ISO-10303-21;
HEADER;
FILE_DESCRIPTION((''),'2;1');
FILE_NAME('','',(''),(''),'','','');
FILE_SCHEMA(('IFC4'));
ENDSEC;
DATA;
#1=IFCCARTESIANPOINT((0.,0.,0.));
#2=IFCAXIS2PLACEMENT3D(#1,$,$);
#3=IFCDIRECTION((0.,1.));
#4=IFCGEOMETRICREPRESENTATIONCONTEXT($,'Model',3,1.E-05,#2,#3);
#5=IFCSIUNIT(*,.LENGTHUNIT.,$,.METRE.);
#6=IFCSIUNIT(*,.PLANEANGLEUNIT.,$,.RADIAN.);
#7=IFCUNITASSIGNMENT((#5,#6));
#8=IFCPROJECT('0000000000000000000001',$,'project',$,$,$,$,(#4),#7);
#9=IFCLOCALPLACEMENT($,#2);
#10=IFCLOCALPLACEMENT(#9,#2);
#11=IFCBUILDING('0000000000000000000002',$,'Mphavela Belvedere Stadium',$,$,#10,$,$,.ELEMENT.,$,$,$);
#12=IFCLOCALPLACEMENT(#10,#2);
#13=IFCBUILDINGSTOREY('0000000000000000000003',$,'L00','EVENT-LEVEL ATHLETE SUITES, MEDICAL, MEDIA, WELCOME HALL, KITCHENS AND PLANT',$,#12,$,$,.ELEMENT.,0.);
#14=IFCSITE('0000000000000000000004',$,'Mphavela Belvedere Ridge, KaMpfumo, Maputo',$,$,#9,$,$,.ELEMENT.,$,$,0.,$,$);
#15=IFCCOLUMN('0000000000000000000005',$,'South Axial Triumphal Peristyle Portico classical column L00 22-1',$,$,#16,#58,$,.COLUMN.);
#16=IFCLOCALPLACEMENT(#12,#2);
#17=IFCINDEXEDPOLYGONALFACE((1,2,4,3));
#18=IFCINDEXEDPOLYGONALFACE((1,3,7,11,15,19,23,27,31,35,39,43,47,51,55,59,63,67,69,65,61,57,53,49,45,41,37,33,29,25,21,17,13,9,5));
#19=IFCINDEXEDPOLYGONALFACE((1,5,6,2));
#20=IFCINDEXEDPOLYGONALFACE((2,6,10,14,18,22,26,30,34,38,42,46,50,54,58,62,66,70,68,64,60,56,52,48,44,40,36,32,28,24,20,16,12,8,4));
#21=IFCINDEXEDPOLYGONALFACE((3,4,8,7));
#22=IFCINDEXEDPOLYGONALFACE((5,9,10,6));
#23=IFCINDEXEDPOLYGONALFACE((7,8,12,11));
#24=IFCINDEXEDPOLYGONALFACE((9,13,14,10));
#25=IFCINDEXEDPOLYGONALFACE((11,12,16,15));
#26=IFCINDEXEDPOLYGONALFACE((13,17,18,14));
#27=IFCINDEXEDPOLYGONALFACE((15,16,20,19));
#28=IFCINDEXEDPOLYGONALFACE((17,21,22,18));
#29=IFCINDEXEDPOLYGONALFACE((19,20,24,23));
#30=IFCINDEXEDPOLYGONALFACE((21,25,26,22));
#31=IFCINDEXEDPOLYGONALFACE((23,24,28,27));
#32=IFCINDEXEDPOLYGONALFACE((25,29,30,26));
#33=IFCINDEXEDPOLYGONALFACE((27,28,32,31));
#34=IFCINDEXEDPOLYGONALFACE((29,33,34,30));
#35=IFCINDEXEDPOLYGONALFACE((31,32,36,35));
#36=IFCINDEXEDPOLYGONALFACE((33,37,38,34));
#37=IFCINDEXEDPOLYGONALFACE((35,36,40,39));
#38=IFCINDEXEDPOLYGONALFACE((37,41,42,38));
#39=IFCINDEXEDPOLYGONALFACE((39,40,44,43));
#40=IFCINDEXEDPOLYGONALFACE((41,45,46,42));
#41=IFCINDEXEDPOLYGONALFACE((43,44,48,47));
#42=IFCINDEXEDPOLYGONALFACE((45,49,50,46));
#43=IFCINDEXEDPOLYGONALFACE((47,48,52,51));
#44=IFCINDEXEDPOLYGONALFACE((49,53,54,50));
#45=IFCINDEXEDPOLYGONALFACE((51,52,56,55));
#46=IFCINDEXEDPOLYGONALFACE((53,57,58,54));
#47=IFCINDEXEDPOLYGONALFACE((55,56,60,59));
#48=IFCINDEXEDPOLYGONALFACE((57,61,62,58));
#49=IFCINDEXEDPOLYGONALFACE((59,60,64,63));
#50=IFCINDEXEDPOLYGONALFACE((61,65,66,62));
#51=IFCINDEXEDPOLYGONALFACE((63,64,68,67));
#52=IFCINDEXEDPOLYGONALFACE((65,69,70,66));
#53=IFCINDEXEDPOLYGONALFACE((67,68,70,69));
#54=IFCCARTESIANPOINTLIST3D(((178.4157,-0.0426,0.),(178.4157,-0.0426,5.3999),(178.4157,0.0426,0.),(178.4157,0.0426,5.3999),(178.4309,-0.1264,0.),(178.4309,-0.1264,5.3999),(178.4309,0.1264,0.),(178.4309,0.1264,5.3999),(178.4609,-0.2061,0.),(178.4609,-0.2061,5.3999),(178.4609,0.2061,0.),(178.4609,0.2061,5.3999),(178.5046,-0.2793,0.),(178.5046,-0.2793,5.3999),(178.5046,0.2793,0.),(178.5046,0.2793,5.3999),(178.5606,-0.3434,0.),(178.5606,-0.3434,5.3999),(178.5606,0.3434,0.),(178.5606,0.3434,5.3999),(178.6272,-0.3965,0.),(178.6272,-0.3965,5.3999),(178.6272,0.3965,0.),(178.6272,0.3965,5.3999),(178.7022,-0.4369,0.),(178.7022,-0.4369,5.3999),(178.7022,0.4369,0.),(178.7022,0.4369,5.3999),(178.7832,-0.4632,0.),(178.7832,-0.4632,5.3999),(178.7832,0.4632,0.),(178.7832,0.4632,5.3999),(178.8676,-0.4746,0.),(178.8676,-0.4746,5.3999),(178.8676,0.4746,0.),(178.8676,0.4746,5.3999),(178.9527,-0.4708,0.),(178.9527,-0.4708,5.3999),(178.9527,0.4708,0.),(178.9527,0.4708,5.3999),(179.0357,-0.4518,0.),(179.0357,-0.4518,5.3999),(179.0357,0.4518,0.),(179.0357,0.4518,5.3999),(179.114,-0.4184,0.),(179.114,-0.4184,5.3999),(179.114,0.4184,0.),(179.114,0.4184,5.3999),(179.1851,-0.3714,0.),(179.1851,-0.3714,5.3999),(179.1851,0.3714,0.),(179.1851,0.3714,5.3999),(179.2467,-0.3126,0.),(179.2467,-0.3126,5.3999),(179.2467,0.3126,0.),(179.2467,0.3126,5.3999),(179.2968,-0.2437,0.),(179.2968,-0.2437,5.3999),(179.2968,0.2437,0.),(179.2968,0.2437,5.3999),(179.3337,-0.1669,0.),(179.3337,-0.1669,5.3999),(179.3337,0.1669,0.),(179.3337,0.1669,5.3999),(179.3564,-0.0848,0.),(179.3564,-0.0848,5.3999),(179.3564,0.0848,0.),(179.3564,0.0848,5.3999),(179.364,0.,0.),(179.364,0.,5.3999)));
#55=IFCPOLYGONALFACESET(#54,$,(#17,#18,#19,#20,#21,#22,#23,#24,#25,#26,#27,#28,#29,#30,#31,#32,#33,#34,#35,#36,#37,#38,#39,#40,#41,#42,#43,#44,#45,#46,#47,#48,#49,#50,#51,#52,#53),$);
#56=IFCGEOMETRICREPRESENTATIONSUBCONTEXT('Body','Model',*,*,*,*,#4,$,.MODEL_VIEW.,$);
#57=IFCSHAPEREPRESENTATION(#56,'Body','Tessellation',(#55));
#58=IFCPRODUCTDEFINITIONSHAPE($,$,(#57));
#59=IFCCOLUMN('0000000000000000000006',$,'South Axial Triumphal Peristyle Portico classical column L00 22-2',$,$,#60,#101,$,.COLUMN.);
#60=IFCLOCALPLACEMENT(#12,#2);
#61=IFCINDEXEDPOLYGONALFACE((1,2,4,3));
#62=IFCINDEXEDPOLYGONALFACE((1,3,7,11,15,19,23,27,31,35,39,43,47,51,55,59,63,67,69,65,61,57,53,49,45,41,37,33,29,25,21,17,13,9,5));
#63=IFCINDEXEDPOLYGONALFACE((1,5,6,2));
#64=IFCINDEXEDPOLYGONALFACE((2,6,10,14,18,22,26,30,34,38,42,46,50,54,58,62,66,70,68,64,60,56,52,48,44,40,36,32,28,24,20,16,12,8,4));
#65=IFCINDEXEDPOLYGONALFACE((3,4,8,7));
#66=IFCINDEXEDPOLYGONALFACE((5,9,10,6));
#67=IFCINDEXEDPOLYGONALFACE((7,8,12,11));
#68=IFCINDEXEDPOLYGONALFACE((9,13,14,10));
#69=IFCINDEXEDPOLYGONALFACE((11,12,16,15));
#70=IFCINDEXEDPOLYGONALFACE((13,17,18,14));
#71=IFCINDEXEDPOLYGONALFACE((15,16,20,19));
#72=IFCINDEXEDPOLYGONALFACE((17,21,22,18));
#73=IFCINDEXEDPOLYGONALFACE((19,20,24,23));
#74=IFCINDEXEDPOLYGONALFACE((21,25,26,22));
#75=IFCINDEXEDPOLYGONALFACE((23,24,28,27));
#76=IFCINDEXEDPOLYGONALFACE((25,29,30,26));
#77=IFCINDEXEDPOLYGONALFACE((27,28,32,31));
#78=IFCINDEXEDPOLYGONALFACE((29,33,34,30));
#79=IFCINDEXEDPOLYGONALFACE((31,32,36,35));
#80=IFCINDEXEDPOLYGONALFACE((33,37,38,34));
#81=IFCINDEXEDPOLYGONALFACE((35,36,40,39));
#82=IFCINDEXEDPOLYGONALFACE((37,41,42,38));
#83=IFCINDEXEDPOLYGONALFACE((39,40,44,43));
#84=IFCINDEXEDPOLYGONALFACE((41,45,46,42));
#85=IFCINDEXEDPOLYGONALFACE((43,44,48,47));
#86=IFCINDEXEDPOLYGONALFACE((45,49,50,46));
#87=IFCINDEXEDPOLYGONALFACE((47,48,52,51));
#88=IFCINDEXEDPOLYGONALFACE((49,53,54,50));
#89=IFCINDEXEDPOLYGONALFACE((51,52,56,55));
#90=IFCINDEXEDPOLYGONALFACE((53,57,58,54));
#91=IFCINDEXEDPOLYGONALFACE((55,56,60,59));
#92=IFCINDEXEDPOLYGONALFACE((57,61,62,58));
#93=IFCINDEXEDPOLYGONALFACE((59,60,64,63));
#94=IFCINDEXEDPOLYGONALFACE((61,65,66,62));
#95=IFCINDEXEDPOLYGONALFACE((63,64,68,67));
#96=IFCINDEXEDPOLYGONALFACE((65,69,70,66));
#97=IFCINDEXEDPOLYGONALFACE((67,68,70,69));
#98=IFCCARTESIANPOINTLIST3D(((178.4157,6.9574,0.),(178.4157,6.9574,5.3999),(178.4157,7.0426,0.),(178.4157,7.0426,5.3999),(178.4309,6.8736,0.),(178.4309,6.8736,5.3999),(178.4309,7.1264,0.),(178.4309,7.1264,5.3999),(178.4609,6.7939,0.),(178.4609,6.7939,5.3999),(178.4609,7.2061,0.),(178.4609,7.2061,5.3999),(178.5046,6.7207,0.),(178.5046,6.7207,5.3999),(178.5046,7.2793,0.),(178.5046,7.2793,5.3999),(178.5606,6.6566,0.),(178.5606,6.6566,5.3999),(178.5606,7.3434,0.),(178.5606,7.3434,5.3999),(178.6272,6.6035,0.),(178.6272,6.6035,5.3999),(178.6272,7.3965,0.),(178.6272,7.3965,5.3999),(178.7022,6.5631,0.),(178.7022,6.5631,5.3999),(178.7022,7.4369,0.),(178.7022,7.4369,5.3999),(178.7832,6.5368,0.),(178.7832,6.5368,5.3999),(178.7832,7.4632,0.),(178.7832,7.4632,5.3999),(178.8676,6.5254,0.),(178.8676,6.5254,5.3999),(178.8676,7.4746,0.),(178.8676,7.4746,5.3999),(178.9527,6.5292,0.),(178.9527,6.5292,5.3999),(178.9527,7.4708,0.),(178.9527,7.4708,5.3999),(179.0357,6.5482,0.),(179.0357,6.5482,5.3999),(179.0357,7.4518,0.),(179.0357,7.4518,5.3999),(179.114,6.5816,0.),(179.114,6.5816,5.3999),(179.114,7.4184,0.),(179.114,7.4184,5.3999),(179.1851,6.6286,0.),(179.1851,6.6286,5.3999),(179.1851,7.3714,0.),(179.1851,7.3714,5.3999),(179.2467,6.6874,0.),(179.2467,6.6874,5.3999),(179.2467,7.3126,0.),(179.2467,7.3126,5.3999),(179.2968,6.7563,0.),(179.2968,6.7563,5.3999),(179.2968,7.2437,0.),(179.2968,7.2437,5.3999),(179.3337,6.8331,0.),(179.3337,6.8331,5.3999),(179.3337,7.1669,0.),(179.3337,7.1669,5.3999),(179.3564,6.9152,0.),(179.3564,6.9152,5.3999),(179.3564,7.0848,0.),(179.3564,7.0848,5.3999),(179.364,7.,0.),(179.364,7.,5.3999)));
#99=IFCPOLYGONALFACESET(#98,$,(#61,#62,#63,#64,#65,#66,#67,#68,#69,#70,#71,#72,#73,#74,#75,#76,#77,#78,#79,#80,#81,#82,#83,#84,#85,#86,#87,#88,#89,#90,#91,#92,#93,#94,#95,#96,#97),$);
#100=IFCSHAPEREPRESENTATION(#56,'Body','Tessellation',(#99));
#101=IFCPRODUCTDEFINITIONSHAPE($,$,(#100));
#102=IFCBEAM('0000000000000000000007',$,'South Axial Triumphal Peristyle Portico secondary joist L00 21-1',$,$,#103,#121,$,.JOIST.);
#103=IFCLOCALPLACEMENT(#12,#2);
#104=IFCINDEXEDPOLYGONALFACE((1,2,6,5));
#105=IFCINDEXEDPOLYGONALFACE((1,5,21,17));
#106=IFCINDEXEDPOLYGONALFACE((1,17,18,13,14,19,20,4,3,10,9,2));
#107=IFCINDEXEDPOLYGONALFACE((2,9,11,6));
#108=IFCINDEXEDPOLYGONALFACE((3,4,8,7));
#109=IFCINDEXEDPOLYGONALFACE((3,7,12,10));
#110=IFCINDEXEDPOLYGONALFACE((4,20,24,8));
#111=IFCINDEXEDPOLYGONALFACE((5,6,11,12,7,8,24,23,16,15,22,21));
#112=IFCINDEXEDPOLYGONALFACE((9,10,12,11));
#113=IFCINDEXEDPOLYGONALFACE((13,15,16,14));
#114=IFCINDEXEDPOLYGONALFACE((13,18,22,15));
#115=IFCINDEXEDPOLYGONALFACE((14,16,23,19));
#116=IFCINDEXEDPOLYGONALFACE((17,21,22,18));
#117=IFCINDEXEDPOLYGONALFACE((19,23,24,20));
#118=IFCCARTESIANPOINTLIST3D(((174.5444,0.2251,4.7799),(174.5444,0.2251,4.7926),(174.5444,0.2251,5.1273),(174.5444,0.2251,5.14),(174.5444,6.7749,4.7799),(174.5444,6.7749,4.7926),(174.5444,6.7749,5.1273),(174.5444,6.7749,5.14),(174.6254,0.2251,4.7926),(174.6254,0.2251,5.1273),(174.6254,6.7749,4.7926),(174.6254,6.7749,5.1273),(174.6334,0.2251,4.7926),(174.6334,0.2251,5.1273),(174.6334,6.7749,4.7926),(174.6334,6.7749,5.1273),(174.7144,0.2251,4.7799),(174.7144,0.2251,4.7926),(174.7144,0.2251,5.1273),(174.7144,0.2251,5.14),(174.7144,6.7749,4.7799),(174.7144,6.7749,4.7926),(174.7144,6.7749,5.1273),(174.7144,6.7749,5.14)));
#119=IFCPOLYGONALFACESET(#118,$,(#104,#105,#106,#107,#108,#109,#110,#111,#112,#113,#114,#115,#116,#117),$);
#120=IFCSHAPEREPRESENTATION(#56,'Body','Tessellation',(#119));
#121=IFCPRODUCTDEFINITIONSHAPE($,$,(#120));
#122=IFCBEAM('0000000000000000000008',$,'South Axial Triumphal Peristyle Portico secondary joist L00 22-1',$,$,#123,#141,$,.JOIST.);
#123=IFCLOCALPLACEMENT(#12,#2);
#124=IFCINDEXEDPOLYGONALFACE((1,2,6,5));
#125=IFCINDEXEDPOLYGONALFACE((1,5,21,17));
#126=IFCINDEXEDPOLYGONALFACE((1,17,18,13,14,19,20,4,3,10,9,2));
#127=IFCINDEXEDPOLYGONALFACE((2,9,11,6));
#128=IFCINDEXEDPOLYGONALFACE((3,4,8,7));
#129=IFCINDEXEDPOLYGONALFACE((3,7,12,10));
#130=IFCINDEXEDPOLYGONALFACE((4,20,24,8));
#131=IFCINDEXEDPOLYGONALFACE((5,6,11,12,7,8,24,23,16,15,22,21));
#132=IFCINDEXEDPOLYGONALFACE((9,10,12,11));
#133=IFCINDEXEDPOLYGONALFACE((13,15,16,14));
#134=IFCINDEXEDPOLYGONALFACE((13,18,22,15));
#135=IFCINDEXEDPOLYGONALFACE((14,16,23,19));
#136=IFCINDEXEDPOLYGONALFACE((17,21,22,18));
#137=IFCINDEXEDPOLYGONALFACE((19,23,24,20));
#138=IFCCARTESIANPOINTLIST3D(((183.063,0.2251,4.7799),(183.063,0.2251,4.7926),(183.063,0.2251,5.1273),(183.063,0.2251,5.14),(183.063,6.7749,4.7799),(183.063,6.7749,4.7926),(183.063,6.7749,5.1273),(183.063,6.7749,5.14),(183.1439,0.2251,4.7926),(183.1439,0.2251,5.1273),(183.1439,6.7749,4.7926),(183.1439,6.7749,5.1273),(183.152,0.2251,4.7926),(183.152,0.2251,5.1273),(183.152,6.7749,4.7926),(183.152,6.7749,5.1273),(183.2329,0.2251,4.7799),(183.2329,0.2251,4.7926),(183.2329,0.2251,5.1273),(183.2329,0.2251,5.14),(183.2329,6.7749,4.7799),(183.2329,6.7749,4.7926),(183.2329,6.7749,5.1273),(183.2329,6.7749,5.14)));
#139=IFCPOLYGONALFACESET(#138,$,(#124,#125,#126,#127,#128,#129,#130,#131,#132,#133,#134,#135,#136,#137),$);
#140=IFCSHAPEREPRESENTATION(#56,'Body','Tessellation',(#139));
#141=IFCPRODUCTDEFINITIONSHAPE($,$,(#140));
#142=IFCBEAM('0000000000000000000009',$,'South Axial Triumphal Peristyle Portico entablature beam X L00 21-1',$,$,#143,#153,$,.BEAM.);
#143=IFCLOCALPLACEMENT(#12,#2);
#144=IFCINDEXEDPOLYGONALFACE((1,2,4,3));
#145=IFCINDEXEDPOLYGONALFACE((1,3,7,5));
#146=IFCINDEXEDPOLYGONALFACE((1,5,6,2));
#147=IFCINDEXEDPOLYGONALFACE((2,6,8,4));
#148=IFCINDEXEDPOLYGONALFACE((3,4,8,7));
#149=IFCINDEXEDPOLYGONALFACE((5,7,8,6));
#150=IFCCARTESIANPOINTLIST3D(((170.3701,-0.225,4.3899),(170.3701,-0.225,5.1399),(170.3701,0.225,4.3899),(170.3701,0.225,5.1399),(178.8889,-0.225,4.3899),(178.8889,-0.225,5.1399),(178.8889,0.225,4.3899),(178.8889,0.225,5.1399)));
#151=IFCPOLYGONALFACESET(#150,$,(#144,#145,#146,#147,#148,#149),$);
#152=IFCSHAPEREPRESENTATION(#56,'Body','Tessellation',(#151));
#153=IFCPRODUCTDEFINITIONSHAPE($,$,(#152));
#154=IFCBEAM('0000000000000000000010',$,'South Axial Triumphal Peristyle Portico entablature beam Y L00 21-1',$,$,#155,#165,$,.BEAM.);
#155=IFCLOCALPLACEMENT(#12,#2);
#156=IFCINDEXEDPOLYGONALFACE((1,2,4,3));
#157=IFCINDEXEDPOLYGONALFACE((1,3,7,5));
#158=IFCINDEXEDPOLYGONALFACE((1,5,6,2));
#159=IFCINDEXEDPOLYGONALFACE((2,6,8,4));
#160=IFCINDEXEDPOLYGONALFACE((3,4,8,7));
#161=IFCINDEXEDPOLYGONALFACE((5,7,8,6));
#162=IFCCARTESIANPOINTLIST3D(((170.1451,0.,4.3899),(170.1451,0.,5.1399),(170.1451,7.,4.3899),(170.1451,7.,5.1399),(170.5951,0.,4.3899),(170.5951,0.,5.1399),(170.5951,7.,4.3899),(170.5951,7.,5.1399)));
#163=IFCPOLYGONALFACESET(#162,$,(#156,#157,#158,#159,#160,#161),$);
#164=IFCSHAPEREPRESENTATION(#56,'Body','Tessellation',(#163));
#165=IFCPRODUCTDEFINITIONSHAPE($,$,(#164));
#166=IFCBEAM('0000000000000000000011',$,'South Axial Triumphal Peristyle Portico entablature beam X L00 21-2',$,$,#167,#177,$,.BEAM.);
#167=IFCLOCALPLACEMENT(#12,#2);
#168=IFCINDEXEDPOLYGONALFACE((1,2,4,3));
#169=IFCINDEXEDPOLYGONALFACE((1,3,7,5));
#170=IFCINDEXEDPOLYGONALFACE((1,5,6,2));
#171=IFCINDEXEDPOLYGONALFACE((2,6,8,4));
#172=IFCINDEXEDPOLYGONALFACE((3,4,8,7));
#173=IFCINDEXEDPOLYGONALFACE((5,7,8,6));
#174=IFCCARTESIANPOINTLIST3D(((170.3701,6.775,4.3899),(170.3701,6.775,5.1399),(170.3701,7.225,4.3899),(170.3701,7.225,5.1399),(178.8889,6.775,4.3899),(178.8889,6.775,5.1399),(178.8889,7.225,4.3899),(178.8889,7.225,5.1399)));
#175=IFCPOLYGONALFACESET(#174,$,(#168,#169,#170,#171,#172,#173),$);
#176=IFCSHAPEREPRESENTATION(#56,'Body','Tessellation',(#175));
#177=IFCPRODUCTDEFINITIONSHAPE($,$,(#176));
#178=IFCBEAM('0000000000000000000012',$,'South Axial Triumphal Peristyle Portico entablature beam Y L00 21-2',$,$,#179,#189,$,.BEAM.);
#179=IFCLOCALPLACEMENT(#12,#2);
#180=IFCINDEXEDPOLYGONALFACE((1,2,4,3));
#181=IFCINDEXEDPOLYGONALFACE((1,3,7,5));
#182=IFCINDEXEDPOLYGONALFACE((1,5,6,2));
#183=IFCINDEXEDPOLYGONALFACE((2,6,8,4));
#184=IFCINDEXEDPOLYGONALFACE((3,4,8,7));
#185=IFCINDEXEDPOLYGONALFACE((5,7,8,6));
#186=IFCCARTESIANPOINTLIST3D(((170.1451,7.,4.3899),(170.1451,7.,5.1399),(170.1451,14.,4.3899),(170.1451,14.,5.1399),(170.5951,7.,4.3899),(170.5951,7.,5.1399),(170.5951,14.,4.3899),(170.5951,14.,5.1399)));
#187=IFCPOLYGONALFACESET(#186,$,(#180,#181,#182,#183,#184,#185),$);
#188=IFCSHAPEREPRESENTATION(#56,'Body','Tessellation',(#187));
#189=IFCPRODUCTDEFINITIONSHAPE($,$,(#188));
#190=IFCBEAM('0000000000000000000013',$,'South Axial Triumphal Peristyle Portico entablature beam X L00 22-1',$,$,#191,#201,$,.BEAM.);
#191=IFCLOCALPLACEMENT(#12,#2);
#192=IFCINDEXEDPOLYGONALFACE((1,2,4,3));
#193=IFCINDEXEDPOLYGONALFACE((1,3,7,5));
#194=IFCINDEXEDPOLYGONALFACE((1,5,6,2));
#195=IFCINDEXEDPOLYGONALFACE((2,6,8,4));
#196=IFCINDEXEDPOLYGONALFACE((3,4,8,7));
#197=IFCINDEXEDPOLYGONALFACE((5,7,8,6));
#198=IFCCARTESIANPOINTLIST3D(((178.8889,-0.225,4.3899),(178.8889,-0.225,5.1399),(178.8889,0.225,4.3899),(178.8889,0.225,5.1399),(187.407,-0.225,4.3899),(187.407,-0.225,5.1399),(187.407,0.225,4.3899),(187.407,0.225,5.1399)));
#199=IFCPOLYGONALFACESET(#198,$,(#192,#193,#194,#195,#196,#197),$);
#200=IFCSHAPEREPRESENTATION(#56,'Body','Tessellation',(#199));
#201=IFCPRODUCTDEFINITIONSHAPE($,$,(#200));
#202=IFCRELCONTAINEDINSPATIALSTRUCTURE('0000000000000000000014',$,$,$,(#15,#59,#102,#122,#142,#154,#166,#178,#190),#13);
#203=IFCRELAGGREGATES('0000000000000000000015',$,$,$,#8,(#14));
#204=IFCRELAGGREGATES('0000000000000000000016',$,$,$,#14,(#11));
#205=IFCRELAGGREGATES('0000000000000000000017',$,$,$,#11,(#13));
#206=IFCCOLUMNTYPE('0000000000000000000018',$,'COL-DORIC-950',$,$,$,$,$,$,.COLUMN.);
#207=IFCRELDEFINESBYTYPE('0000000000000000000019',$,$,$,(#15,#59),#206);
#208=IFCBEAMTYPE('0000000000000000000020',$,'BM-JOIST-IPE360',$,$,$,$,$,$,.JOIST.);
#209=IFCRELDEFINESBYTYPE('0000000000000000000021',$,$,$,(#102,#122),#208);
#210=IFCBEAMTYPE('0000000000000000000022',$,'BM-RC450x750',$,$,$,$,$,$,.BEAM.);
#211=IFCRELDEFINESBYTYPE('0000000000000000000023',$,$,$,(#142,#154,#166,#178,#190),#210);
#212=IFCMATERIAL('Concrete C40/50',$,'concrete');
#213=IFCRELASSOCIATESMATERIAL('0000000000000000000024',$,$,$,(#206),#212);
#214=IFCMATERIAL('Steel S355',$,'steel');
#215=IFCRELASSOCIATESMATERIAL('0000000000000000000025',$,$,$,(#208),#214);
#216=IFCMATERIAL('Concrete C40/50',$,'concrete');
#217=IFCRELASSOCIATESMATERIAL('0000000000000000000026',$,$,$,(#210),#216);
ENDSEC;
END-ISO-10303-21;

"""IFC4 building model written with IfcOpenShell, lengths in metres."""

from ifc_helpers import new_model, si_unit, direction, frame, origin, origin_2d, place, context, subcontext, project, spatial, rectangle, circle, i_section, extrude, material, material_profile, profile_set, type_object, element, save


model = new_model("IFC4")

# Units and contexts
model_context = context("Model", 3, precision=1e-05, world=origin(), true_north=direction((0.0, 1.0)))
body_context = subcontext(model_context, "Body", "Model", "MODEL_VIEW")
ifc_project = project(units=[si_unit("LENGTHUNIT", "METRE"), si_unit("PLANEANGLEUNIT", "RADIAN")], contexts=[model_context])

# Site, building, storey
site_placement = place(None, origin())
site = spatial("IfcSite", under=ifc_project, at=site_placement, Name="Mphavela Belvedere Ridge, KaMpfumo, Maputo", CompositionType="ELEMENT", RefElevation=0.0)
building_placement = place(site_placement, origin())
building = spatial("IfcBuilding", under=site, at=building_placement, Name="Mphavela Belvedere Stadium", CompositionType="ELEMENT")
storey_placement = place(building_placement, origin())
storey = spatial("IfcBuildingStorey", under=building, at=storey_placement, Name="L00", Description="EVENT-LEVEL ATHLETE SUITES, MEDICAL, MEDIA, WELCOME HALL, KITCHENS AND PLANT", CompositionType="ELEMENT", Elevation=0.0)

# Columns
ifc_material_1 = material(Name="Concrete C40/50", Category="concrete")
ifc_material_profile_1 = material_profile(ifc_material_1, circle(Radius=0.4751, at=origin_2d()), Name="COL D950")
ifc_profile_set_1 = profile_set([ifc_material_profile_1], Name="Concrete C40/50")
column_type = type_object("IfcColumnType", Name="COL-DORIC-950", PredefinedType="COLUMN", material=ifc_profile_set_1)
for number, where, z_axis, x_axis, name in (
    (1, (178.8889, 0.0, 0.0), (0.0, 0.0, 1.0), (1.0, 0.0, 0.0), "South Axial Triumphal Peristyle Portico classical column L00 22-1"),
    (2, (178.8889, 7.0, 0.0), (0.0, 0.0, 1.0), (1.0, 0.0, 0.0), "South Axial Triumphal Peristyle Portico classical column L00 22-2"),
):
    element("IfcColumn", number, at=place(storey_placement, frame(where, z_axis=z_axis, x_axis=x_axis)), inside=storey, type_object=column_type, Name=name, PredefinedType="COLUMN", context=body_context, shape_type="SweptSolid", body=[
        extrude(circle(Radius=0.4751, at=origin_2d()), origin(), (0.0, 0.0, 1.0), 5.3999),
    ])

# Beams
ifc_material_2 = material(Name="Steel S355", Category="steel")
ifc_material_profile_2 = material_profile(ifc_material_2, i_section(OverallWidth=0.1699, OverallDepth=0.3601, WebThickness=0.0081, FlangeThickness=0.0127, at=origin_2d()), Name="IPE 360")
ifc_profile_set_2 = profile_set([ifc_material_profile_2], Name="Steel S355")
beam_type_1 = type_object("IfcBeamType", Name="BM-JOIST-IPE360", PredefinedType="JOIST", material=ifc_profile_set_2)
for number, where, z_axis, x_axis, name in (
    (3, (174.6294, 0.2251, 4.96), (0.0, 1.0, 0.0), (-1.0, 0.0, 0.0), "South Axial Triumphal Peristyle Portico secondary joist L00 21-1"),
    (4, (183.1479, 0.2251, 4.96), (0.0, 1.0, 0.0), (-1.0, 0.0, 0.0), "South Axial Triumphal Peristyle Portico secondary joist L00 22-1"),
):
    element("IfcBeam", number, at=place(storey_placement, frame(where, z_axis=z_axis, x_axis=x_axis)), inside=storey, type_object=beam_type_1, Name=name, PredefinedType="JOIST", context=body_context, shape_type="SweptSolid", body=[
        extrude(i_section(OverallWidth=0.1699, OverallDepth=0.3601, WebThickness=0.0081, FlangeThickness=0.0127, at=origin_2d()), origin(), (0.0, 0.0, 1.0), 6.5498),
    ])
ifc_material_3 = material(Name="Concrete C40/50", Category="concrete")
ifc_material_profile_3 = material_profile(ifc_material_3, rectangle(XDim=0.45, YDim=0.75, at=origin_2d()), Name="RC 450x750")
ifc_profile_set_3 = profile_set([ifc_material_profile_3], Name="Concrete C40/50")
beam_type_2 = type_object("IfcBeamType", Name="BM-RC450x750", PredefinedType="BEAM", material=ifc_profile_set_3)
beam_1_placement = place(storey_placement, frame((170.3701, 0.0, 4.7649), z_axis=(1.0, 0.0, 0.0), x_axis=(0.0, 1.0, 0.0)))
element("IfcBeam", 5, at=beam_1_placement, inside=storey, type_object=beam_type_2, Name="South Axial Triumphal Peristyle Portico entablature beam X L00 21-1", PredefinedType="BEAM", context=body_context, shape_type="SweptSolid", body=[
    extrude(rectangle(XDim=0.45, YDim=0.75, at=origin_2d()), origin(), (0.0, 0.0, 1.0), 8.5188),
])
beam_2_placement = place(storey_placement, frame((170.3701, 0.0, 4.7649), z_axis=(0.0, 1.0, 0.0), x_axis=(-1.0, 0.0, 0.0)))
element("IfcBeam", 6, at=beam_2_placement, inside=storey, type_object=beam_type_2, Name="South Axial Triumphal Peristyle Portico entablature beam Y L00 21-1", PredefinedType="BEAM", context=body_context, shape_type="SweptSolid", body=[
    extrude(rectangle(XDim=0.45, YDim=0.75, at=origin_2d()), origin(), (0.0, 0.0, 1.0), 7.0),
])
beam_3_placement = place(storey_placement, frame((170.3701, 7.0, 4.7649), z_axis=(1.0, 0.0, 0.0), x_axis=(0.0, 1.0, 0.0)))
element("IfcBeam", 7, at=beam_3_placement, inside=storey, type_object=beam_type_2, Name="South Axial Triumphal Peristyle Portico entablature beam X L00 21-2", PredefinedType="BEAM", context=body_context, shape_type="SweptSolid", body=[
    extrude(rectangle(XDim=0.45, YDim=0.75, at=origin_2d()), origin(), (0.0, 0.0, 1.0), 8.5188),
])
beam_4_placement = place(storey_placement, frame((170.3701, 7.0, 4.7649), z_axis=(0.0, 1.0, 0.0), x_axis=(-1.0, 0.0, 0.0)))
element("IfcBeam", 8, at=beam_4_placement, inside=storey, type_object=beam_type_2, Name="South Axial Triumphal Peristyle Portico entablature beam Y L00 21-2", PredefinedType="BEAM", context=body_context, shape_type="SweptSolid", body=[
    extrude(rectangle(XDim=0.45, YDim=0.75, at=origin_2d()), origin(), (0.0, 0.0, 1.0), 7.0),
])
beam_5_placement = place(storey_placement, frame((178.8889, 0.0, 4.7649), z_axis=(1.0, 0.0, 0.0), x_axis=(0.0, 1.0, 0.0)))
element("IfcBeam", 9, at=beam_5_placement, inside=storey, type_object=beam_type_2, Name="South Axial Triumphal Peristyle Portico entablature beam X L00 22-1", PredefinedType="BEAM", context=body_context, shape_type="SweptSolid", body=[
    extrude(rectangle(XDim=0.45, YDim=0.75, at=origin_2d()), origin(), (0.0, 0.0, 1.0), 8.5181),
])

save(model, "model.ifc")
